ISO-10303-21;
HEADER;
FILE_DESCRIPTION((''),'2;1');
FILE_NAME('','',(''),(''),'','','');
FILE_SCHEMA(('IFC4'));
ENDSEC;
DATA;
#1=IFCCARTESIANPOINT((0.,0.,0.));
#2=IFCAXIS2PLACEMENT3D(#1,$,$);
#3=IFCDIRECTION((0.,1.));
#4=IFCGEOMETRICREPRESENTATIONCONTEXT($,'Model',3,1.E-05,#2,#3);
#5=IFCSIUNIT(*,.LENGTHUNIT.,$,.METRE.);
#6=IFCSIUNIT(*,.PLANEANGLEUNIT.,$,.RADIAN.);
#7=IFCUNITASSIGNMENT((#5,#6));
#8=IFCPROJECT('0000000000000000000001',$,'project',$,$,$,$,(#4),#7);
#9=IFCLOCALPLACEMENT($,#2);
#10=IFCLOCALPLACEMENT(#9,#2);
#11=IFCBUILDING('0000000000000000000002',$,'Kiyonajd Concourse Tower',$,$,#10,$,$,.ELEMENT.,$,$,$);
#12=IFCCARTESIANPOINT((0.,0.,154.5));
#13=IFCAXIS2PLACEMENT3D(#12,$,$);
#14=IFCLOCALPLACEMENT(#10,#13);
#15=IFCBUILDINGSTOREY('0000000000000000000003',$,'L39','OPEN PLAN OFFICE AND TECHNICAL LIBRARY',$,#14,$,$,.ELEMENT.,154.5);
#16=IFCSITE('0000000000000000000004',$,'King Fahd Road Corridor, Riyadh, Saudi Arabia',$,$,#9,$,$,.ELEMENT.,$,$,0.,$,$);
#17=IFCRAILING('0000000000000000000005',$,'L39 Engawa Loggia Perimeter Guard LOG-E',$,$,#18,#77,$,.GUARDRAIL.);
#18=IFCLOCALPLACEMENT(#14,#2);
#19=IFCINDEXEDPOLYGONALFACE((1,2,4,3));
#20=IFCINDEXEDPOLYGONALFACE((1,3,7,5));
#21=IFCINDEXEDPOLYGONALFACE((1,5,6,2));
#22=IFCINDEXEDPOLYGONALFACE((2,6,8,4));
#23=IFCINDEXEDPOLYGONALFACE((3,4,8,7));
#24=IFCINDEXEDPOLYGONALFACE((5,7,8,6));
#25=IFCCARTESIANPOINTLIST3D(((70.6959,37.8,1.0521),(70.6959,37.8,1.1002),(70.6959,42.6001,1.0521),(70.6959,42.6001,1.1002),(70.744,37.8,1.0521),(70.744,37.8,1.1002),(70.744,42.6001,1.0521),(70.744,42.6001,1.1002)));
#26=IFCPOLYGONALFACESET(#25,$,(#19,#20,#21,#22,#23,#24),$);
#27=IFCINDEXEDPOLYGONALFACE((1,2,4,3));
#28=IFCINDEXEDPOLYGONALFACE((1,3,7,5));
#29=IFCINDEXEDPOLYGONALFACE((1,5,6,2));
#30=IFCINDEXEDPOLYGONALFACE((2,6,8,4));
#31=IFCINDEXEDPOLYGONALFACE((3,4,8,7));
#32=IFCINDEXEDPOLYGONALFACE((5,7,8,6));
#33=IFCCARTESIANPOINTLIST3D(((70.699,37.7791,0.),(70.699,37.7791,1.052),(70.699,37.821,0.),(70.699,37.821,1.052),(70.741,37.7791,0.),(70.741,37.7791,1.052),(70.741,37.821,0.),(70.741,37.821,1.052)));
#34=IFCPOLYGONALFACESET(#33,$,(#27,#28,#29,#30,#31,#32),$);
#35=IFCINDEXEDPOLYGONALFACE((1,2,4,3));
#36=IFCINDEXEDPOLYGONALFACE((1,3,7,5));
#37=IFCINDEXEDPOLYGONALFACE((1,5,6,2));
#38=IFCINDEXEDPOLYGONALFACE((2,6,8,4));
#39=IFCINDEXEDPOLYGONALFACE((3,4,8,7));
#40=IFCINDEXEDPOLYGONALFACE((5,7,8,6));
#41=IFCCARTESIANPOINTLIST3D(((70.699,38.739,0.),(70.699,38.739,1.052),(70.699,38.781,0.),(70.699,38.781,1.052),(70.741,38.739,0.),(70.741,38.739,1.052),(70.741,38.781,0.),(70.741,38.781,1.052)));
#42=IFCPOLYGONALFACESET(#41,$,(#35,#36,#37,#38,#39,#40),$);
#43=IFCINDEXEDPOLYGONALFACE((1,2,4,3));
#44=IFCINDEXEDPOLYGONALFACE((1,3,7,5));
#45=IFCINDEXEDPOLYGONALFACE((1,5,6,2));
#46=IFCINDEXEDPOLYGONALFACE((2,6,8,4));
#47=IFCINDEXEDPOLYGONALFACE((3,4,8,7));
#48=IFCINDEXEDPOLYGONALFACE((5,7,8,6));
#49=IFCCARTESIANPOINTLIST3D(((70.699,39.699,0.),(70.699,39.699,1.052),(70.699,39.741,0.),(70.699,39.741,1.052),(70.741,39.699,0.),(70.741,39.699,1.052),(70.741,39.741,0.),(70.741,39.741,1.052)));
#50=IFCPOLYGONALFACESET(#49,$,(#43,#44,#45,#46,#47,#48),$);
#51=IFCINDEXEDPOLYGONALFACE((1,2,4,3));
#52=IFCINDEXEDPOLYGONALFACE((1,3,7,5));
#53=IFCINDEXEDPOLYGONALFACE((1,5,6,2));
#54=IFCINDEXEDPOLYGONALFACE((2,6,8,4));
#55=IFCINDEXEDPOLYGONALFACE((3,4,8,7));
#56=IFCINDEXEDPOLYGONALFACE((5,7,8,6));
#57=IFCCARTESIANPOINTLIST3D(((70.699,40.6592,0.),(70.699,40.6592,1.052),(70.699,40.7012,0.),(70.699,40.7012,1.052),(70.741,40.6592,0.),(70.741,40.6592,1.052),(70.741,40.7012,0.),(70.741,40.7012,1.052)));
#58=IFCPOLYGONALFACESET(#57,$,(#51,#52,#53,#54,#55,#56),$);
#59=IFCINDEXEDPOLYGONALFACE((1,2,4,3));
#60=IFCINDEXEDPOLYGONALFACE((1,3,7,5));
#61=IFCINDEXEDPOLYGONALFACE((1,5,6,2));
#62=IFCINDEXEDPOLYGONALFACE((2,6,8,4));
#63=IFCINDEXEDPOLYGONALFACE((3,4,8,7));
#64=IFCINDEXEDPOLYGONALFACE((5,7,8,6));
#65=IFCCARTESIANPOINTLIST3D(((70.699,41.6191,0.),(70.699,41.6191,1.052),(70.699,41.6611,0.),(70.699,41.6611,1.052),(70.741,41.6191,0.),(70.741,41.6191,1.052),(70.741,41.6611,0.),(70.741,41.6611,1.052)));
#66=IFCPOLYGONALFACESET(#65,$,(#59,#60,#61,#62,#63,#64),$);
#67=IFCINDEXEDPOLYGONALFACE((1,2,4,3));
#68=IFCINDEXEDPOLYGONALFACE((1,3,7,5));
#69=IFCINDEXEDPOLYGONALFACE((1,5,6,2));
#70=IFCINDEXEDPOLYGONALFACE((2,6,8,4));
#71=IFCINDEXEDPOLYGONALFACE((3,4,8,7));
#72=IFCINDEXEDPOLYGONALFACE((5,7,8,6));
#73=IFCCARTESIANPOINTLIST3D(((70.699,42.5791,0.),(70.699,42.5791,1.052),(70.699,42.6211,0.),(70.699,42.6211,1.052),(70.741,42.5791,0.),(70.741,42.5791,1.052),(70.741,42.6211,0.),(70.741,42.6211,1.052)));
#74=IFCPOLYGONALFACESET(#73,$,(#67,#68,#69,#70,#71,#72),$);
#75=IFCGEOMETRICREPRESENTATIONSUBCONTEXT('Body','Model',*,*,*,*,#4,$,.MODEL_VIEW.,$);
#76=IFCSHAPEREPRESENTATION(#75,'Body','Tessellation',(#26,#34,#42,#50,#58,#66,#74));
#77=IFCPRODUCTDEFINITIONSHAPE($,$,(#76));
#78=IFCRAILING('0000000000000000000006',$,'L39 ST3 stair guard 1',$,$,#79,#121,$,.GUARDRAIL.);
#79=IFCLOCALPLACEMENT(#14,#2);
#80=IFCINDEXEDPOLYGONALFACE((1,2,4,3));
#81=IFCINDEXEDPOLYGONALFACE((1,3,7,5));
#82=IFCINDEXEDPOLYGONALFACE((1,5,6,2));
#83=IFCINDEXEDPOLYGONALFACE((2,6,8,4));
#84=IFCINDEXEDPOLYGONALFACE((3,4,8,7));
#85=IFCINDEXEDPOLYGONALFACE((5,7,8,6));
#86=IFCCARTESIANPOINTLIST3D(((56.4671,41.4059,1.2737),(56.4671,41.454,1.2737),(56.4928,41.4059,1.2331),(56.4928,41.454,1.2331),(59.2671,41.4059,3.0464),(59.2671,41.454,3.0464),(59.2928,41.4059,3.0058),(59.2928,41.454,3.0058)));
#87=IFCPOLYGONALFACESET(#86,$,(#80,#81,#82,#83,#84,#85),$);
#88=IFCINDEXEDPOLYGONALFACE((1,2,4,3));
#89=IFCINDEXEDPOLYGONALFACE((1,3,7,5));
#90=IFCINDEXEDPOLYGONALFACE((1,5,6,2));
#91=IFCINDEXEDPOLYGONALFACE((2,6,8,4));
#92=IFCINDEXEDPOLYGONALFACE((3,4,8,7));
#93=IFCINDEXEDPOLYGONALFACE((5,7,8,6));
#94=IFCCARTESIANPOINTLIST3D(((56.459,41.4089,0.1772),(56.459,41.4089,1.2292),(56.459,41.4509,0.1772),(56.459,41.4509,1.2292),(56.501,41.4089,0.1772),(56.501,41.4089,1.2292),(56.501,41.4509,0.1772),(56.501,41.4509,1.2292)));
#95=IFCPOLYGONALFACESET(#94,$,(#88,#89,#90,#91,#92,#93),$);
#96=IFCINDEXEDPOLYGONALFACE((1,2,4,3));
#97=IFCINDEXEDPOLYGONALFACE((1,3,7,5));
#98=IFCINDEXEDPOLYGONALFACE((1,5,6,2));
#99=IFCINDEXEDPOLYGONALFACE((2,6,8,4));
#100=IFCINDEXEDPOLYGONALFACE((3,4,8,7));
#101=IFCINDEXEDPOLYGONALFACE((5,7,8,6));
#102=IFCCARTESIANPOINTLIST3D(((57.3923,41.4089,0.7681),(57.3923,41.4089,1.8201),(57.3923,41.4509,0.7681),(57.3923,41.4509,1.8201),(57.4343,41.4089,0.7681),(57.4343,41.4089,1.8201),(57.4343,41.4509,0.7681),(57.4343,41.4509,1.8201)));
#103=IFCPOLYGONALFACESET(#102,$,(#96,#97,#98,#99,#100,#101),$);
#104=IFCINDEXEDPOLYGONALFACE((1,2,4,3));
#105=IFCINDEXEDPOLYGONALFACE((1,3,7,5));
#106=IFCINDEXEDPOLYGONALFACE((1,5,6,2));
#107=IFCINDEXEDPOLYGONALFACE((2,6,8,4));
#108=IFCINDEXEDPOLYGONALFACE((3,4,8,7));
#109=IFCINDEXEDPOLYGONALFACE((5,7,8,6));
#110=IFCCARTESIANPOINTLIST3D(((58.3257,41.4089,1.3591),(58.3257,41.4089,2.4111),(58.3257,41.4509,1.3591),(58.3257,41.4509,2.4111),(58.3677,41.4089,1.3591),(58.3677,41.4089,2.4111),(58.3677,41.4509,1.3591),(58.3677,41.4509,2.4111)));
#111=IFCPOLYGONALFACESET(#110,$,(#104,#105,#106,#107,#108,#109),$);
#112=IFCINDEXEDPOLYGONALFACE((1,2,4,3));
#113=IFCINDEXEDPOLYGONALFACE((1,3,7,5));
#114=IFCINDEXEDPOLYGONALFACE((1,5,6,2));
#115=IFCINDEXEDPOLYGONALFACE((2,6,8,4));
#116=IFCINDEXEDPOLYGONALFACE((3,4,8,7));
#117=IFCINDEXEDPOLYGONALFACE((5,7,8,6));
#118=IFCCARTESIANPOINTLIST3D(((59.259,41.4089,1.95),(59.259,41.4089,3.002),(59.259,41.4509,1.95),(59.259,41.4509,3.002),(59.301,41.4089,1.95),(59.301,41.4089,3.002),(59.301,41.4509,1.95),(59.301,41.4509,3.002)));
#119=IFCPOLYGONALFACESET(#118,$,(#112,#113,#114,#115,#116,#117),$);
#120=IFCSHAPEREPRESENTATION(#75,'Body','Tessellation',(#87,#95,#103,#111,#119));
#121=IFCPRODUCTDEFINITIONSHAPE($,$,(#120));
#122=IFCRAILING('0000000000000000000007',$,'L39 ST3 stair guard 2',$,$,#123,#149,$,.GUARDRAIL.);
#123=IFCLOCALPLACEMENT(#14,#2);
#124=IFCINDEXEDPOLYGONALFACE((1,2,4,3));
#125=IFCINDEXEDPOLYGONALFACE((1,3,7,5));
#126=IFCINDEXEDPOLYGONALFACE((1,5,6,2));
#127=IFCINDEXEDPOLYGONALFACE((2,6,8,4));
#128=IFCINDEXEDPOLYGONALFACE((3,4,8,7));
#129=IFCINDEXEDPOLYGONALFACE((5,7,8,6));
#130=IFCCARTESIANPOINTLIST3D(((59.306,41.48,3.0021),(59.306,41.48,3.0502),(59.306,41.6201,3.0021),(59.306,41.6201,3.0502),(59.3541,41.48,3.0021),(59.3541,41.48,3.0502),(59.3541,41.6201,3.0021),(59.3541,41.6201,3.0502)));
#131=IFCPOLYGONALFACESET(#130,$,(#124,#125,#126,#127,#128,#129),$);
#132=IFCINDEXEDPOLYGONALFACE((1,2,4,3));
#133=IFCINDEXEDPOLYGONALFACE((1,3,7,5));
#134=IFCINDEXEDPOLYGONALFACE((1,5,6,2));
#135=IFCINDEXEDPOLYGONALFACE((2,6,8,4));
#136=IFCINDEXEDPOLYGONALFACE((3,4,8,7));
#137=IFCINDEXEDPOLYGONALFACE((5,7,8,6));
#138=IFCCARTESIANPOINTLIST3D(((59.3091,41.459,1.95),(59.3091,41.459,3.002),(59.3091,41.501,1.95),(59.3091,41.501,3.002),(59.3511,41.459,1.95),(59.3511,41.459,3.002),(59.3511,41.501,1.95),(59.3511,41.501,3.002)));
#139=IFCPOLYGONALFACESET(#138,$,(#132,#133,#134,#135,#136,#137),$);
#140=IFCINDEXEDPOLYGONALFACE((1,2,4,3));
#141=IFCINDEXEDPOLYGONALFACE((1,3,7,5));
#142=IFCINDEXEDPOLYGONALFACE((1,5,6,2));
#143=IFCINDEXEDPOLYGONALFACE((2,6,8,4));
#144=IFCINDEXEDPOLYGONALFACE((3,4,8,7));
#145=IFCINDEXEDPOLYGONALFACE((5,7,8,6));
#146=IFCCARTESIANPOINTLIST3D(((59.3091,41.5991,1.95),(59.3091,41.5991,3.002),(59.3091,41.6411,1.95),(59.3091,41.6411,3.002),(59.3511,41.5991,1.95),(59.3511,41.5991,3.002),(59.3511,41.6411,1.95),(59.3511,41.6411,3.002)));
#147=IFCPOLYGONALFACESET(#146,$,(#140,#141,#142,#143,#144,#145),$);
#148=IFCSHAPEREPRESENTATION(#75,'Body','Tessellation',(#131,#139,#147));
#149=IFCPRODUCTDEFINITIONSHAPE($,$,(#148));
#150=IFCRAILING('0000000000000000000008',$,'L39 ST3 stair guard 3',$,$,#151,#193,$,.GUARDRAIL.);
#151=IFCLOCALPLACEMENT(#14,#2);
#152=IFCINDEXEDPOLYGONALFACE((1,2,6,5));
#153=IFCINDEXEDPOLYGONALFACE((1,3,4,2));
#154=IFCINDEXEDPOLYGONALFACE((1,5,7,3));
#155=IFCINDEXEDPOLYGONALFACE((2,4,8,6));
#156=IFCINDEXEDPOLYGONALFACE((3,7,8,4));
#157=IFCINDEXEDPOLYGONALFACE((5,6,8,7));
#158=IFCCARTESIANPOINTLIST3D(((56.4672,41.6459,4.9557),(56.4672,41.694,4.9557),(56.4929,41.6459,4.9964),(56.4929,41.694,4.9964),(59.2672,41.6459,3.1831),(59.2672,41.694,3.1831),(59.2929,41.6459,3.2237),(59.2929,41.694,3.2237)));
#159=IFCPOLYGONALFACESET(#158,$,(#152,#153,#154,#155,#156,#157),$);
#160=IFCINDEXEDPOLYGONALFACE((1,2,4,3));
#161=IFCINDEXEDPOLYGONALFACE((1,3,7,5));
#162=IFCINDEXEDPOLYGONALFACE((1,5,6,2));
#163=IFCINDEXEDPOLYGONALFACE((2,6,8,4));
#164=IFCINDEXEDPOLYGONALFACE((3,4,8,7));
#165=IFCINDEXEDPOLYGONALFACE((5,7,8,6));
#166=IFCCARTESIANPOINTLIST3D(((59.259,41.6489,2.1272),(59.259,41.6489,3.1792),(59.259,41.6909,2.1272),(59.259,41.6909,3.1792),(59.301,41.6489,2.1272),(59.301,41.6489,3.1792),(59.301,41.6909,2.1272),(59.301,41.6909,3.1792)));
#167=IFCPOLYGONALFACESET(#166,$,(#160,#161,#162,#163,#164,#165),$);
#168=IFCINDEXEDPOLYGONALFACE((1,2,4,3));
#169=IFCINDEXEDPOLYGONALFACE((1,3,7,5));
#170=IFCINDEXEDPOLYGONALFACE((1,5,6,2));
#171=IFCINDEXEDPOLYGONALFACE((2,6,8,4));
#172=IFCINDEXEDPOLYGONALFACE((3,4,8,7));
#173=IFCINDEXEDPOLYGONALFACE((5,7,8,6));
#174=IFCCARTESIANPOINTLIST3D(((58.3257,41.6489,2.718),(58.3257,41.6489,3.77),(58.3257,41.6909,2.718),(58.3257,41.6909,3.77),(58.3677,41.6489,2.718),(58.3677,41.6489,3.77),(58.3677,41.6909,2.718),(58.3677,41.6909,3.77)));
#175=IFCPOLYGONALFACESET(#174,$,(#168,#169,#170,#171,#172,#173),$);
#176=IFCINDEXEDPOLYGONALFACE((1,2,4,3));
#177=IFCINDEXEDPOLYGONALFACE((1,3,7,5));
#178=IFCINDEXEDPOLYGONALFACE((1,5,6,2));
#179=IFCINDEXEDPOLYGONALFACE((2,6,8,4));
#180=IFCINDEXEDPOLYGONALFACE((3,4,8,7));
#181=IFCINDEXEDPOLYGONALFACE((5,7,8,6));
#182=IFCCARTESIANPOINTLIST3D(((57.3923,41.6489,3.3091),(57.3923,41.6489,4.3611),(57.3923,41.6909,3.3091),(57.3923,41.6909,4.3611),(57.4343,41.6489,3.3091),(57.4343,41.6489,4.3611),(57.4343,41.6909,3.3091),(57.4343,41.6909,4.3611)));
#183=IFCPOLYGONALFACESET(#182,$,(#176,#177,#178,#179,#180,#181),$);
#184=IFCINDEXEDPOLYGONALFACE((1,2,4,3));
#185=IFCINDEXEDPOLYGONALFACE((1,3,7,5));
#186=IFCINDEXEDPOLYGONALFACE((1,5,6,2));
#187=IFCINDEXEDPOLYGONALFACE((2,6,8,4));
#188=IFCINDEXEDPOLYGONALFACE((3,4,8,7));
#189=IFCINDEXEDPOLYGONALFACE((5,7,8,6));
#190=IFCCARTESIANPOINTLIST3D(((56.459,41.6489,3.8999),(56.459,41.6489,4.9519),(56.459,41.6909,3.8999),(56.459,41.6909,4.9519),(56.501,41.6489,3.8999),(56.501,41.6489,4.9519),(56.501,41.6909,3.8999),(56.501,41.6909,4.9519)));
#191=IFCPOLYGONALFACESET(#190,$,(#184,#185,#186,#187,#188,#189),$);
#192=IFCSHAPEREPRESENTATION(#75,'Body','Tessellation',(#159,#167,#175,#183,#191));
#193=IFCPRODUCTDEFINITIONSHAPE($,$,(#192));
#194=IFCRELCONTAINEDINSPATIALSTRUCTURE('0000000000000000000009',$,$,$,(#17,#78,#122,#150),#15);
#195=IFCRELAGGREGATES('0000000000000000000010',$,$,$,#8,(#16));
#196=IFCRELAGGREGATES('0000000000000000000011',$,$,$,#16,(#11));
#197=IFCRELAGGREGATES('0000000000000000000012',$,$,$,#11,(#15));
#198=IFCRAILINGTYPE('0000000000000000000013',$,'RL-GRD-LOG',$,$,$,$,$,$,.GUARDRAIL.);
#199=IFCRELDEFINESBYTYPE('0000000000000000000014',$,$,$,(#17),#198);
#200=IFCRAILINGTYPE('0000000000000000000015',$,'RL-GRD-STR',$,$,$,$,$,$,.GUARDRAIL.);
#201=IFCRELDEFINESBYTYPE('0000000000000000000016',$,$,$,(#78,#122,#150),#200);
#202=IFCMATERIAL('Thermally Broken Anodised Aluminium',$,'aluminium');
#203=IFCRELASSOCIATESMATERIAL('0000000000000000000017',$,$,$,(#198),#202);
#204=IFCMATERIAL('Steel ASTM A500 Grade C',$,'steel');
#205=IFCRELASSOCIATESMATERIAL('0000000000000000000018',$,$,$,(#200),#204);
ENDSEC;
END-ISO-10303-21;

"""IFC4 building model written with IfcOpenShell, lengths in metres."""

from ifc_helpers import new_model, si_unit, direction, frame, origin, origin_2d, place, context, subcontext, project, spatial, rectangle, extrude, material, type_object, element, save


model = new_model("IFC4")

# Units and contexts
model_context = context("Model", 3, precision=1e-05, world=origin(), true_north=direction((0.0, 1.0)))
body_context = subcontext(model_context, "Body", "Model", "MODEL_VIEW")
ifc_project = project(units=[si_unit("LENGTHUNIT", "METRE"), si_unit("PLANEANGLEUNIT", "RADIAN")], contexts=[model_context])

# Site, building, storey
site_placement = place(None, origin())
site = spatial("IfcSite", under=ifc_project, at=site_placement, Name="King Fahd Road Corridor, Riyadh, Saudi Arabia", CompositionType="ELEMENT", RefElevation=0.0)
building_placement = place(site_placement, origin())
building = spatial("IfcBuilding", under=site, at=building_placement, Name="Kiyonajd Concourse Tower", CompositionType="ELEMENT")
storey_placement = place(building_placement, frame((0.0, 0.0, 154.5)))
storey = spatial("IfcBuildingStorey", under=building, at=storey_placement, Name="L39", Description="OPEN PLAN OFFICE AND TECHNICAL LIBRARY", CompositionType="ELEMENT", Elevation=154.5)

# Shared definitions
ifc_material_1 = material(Name="Thermally Broken Anodised Aluminium", Category="aluminium")

# Railings
railing_type_1 = type_object("IfcRailingType", Name="RL-GRD-LOG", PredefinedType="GUARDRAIL", material=ifc_material_1)
railing_1_placement = place(storey_placement, frame((70.72, 37.8, 0.0)))
element("IfcRailing", 1, at=railing_1_placement, inside=storey, type_object=railing_type_1, Name="L39 Engawa Loggia Perimeter Guard LOG-E", PredefinedType="GUARDRAIL", context=body_context, shape_type="SweptSolid", body=[
    extrude(rectangle(XDim=0.0481, YDim=0.0481, at=origin_2d()), frame((0.0, 0.0, 1.0762), z_axis=(0.0, 1.0, 0.0), x_axis=(-1.0, 0.0, 0.0)), (0.0, 0.0, 1.0), 4.8),
    extrude(rectangle(XDim=0.042, YDim=0.042, at=origin_2d()), origin(), (0.0, 0.0, 1.0), 1.052),
    extrude(rectangle(XDim=0.042, YDim=0.042, at=origin_2d()), frame((0.0, 0.96, 0.0)), (0.0, 0.0, 1.0), 1.052),
    extrude(rectangle(XDim=0.042, YDim=0.042, at=origin_2d()), frame((0.0, 1.9199, 0.0)), (0.0, 0.0, 1.0), 1.052),
    extrude(rectangle(XDim=0.042, YDim=0.042, at=origin_2d()), frame((0.0, 2.8801, 0.0)), (0.0, 0.0, 1.0), 1.052),
    extrude(rectangle(XDim=0.042, YDim=0.042, at=origin_2d()), frame((0.0, 3.8401, 0.0)), (0.0, 0.0, 1.0), 1.052),
    extrude(rectangle(XDim=0.042, YDim=0.042, at=origin_2d()), frame((0.0, 4.8, 0.0)), (0.0, 0.0, 1.0), 1.052),
])
ifc_material_2 = material(Name="Steel ASTM A500 Grade C", Category="steel")
railing_type_2 = type_object("IfcRailingType", Name="RL-GRD-STR", PredefinedType="GUARDRAIL", material=ifc_material_2)
railing_2_placement = place(storey_placement, frame((56.48, 41.4299, 0.1772)))
element("IfcRailing", 2, at=railing_2_placement, inside=storey, type_object=railing_type_2, Name="L39 ST3 stair guard 1", PredefinedType="GUARDRAIL", context=body_context, shape_type="SweptSolid", body=[
    extrude(rectangle(XDim=0.0481, YDim=0.0481, at=origin_2d()), frame((0.0, 0.0, 1.0762), z_axis=(0.844909, 0.0, 0.53491), x_axis=(0.0, 1.0, 0.0)), (0.0, 0.0, 1.0), 3.314),
    extrude(rectangle(XDim=0.042, YDim=0.042, at=origin_2d()), origin(), (0.0, 0.0, 1.0), 1.052),
    extrude(rectangle(XDim=0.042, YDim=0.042, at=origin_2d()), frame((0.9333, 0.0, 0.5908)), (0.0, 0.0, 1.0), 1.052),
    extrude(rectangle(XDim=0.042, YDim=0.042, at=origin_2d()), frame((1.8667, 0.0, 1.1819)), (0.0, 0.0, 1.0), 1.052),
    extrude(rectangle(XDim=0.042, YDim=0.042, at=origin_2d()), frame((2.8, 0.0, 1.7727)), (0.0, 0.0, 1.0), 1.052),
])
railing_3_placement = place(storey_placement, frame((59.3301, 41.48, 1.95)))
element("IfcRailing", 3, at=railing_3_placement, inside=storey, type_object=railing_type_2, Name="L39 ST3 stair guard 2", PredefinedType="GUARDRAIL", context=body_context, shape_type="SweptSolid", body=[
    extrude(rectangle(XDim=0.0481, YDim=0.0481, at=origin_2d()), frame((0.0, 0.0, 1.0762), z_axis=(0.0, 1.0, 0.0), x_axis=(-1.0, 0.0, 0.0)), (0.0, 0.0, 1.0), 0.1401),
    extrude(rectangle(XDim=0.042, YDim=0.042, at=origin_2d()), origin(), (0.0, 0.0, 1.0), 1.052),
    extrude(rectangle(XDim=0.042, YDim=0.042, at=origin_2d()), frame((0.0, 0.1401, 0.0)), (0.0, 0.0, 1.0), 1.052),
])
railing_4_placement = place(storey_placement, frame((59.28, 41.6699, 2.1272)))
element("IfcRailing", 4, at=railing_4_placement, inside=storey, type_object=railing_type_2, Name="L39 ST3 stair guard 3", PredefinedType="GUARDRAIL", context=body_context, shape_type="SweptSolid", body=[
    extrude(rectangle(XDim=0.0481, YDim=0.0481, at=origin_2d()), frame((0.0, 0.0, 1.0762), z_axis=(-0.844909, 0.0, 0.53491), x_axis=(0.0, -1.0, 0.0)), (0.0, 0.0, 1.0), 3.314),
    extrude(rectangle(XDim=0.042, YDim=0.042, at=origin_2d()), origin(), (0.0, 0.0, 1.0), 1.052),
    extrude(rectangle(XDim=0.042, YDim=0.042, at=origin_2d()), frame((-0.9333, 0.0, 0.5908)), (0.0, 0.0, 1.0), 1.052),
    extrude(rectangle(XDim=0.042, YDim=0.042, at=origin_2d()), frame((-1.8667, 0.0, 1.1819)), (0.0, 0.0, 1.0), 1.052),
    extrude(rectangle(XDim=0.042, YDim=0.042, at=origin_2d()), frame((-2.8, 0.0, 1.7727)), (0.0, 0.0, 1.0), 1.052),
])

save(model, "model.ifc")
